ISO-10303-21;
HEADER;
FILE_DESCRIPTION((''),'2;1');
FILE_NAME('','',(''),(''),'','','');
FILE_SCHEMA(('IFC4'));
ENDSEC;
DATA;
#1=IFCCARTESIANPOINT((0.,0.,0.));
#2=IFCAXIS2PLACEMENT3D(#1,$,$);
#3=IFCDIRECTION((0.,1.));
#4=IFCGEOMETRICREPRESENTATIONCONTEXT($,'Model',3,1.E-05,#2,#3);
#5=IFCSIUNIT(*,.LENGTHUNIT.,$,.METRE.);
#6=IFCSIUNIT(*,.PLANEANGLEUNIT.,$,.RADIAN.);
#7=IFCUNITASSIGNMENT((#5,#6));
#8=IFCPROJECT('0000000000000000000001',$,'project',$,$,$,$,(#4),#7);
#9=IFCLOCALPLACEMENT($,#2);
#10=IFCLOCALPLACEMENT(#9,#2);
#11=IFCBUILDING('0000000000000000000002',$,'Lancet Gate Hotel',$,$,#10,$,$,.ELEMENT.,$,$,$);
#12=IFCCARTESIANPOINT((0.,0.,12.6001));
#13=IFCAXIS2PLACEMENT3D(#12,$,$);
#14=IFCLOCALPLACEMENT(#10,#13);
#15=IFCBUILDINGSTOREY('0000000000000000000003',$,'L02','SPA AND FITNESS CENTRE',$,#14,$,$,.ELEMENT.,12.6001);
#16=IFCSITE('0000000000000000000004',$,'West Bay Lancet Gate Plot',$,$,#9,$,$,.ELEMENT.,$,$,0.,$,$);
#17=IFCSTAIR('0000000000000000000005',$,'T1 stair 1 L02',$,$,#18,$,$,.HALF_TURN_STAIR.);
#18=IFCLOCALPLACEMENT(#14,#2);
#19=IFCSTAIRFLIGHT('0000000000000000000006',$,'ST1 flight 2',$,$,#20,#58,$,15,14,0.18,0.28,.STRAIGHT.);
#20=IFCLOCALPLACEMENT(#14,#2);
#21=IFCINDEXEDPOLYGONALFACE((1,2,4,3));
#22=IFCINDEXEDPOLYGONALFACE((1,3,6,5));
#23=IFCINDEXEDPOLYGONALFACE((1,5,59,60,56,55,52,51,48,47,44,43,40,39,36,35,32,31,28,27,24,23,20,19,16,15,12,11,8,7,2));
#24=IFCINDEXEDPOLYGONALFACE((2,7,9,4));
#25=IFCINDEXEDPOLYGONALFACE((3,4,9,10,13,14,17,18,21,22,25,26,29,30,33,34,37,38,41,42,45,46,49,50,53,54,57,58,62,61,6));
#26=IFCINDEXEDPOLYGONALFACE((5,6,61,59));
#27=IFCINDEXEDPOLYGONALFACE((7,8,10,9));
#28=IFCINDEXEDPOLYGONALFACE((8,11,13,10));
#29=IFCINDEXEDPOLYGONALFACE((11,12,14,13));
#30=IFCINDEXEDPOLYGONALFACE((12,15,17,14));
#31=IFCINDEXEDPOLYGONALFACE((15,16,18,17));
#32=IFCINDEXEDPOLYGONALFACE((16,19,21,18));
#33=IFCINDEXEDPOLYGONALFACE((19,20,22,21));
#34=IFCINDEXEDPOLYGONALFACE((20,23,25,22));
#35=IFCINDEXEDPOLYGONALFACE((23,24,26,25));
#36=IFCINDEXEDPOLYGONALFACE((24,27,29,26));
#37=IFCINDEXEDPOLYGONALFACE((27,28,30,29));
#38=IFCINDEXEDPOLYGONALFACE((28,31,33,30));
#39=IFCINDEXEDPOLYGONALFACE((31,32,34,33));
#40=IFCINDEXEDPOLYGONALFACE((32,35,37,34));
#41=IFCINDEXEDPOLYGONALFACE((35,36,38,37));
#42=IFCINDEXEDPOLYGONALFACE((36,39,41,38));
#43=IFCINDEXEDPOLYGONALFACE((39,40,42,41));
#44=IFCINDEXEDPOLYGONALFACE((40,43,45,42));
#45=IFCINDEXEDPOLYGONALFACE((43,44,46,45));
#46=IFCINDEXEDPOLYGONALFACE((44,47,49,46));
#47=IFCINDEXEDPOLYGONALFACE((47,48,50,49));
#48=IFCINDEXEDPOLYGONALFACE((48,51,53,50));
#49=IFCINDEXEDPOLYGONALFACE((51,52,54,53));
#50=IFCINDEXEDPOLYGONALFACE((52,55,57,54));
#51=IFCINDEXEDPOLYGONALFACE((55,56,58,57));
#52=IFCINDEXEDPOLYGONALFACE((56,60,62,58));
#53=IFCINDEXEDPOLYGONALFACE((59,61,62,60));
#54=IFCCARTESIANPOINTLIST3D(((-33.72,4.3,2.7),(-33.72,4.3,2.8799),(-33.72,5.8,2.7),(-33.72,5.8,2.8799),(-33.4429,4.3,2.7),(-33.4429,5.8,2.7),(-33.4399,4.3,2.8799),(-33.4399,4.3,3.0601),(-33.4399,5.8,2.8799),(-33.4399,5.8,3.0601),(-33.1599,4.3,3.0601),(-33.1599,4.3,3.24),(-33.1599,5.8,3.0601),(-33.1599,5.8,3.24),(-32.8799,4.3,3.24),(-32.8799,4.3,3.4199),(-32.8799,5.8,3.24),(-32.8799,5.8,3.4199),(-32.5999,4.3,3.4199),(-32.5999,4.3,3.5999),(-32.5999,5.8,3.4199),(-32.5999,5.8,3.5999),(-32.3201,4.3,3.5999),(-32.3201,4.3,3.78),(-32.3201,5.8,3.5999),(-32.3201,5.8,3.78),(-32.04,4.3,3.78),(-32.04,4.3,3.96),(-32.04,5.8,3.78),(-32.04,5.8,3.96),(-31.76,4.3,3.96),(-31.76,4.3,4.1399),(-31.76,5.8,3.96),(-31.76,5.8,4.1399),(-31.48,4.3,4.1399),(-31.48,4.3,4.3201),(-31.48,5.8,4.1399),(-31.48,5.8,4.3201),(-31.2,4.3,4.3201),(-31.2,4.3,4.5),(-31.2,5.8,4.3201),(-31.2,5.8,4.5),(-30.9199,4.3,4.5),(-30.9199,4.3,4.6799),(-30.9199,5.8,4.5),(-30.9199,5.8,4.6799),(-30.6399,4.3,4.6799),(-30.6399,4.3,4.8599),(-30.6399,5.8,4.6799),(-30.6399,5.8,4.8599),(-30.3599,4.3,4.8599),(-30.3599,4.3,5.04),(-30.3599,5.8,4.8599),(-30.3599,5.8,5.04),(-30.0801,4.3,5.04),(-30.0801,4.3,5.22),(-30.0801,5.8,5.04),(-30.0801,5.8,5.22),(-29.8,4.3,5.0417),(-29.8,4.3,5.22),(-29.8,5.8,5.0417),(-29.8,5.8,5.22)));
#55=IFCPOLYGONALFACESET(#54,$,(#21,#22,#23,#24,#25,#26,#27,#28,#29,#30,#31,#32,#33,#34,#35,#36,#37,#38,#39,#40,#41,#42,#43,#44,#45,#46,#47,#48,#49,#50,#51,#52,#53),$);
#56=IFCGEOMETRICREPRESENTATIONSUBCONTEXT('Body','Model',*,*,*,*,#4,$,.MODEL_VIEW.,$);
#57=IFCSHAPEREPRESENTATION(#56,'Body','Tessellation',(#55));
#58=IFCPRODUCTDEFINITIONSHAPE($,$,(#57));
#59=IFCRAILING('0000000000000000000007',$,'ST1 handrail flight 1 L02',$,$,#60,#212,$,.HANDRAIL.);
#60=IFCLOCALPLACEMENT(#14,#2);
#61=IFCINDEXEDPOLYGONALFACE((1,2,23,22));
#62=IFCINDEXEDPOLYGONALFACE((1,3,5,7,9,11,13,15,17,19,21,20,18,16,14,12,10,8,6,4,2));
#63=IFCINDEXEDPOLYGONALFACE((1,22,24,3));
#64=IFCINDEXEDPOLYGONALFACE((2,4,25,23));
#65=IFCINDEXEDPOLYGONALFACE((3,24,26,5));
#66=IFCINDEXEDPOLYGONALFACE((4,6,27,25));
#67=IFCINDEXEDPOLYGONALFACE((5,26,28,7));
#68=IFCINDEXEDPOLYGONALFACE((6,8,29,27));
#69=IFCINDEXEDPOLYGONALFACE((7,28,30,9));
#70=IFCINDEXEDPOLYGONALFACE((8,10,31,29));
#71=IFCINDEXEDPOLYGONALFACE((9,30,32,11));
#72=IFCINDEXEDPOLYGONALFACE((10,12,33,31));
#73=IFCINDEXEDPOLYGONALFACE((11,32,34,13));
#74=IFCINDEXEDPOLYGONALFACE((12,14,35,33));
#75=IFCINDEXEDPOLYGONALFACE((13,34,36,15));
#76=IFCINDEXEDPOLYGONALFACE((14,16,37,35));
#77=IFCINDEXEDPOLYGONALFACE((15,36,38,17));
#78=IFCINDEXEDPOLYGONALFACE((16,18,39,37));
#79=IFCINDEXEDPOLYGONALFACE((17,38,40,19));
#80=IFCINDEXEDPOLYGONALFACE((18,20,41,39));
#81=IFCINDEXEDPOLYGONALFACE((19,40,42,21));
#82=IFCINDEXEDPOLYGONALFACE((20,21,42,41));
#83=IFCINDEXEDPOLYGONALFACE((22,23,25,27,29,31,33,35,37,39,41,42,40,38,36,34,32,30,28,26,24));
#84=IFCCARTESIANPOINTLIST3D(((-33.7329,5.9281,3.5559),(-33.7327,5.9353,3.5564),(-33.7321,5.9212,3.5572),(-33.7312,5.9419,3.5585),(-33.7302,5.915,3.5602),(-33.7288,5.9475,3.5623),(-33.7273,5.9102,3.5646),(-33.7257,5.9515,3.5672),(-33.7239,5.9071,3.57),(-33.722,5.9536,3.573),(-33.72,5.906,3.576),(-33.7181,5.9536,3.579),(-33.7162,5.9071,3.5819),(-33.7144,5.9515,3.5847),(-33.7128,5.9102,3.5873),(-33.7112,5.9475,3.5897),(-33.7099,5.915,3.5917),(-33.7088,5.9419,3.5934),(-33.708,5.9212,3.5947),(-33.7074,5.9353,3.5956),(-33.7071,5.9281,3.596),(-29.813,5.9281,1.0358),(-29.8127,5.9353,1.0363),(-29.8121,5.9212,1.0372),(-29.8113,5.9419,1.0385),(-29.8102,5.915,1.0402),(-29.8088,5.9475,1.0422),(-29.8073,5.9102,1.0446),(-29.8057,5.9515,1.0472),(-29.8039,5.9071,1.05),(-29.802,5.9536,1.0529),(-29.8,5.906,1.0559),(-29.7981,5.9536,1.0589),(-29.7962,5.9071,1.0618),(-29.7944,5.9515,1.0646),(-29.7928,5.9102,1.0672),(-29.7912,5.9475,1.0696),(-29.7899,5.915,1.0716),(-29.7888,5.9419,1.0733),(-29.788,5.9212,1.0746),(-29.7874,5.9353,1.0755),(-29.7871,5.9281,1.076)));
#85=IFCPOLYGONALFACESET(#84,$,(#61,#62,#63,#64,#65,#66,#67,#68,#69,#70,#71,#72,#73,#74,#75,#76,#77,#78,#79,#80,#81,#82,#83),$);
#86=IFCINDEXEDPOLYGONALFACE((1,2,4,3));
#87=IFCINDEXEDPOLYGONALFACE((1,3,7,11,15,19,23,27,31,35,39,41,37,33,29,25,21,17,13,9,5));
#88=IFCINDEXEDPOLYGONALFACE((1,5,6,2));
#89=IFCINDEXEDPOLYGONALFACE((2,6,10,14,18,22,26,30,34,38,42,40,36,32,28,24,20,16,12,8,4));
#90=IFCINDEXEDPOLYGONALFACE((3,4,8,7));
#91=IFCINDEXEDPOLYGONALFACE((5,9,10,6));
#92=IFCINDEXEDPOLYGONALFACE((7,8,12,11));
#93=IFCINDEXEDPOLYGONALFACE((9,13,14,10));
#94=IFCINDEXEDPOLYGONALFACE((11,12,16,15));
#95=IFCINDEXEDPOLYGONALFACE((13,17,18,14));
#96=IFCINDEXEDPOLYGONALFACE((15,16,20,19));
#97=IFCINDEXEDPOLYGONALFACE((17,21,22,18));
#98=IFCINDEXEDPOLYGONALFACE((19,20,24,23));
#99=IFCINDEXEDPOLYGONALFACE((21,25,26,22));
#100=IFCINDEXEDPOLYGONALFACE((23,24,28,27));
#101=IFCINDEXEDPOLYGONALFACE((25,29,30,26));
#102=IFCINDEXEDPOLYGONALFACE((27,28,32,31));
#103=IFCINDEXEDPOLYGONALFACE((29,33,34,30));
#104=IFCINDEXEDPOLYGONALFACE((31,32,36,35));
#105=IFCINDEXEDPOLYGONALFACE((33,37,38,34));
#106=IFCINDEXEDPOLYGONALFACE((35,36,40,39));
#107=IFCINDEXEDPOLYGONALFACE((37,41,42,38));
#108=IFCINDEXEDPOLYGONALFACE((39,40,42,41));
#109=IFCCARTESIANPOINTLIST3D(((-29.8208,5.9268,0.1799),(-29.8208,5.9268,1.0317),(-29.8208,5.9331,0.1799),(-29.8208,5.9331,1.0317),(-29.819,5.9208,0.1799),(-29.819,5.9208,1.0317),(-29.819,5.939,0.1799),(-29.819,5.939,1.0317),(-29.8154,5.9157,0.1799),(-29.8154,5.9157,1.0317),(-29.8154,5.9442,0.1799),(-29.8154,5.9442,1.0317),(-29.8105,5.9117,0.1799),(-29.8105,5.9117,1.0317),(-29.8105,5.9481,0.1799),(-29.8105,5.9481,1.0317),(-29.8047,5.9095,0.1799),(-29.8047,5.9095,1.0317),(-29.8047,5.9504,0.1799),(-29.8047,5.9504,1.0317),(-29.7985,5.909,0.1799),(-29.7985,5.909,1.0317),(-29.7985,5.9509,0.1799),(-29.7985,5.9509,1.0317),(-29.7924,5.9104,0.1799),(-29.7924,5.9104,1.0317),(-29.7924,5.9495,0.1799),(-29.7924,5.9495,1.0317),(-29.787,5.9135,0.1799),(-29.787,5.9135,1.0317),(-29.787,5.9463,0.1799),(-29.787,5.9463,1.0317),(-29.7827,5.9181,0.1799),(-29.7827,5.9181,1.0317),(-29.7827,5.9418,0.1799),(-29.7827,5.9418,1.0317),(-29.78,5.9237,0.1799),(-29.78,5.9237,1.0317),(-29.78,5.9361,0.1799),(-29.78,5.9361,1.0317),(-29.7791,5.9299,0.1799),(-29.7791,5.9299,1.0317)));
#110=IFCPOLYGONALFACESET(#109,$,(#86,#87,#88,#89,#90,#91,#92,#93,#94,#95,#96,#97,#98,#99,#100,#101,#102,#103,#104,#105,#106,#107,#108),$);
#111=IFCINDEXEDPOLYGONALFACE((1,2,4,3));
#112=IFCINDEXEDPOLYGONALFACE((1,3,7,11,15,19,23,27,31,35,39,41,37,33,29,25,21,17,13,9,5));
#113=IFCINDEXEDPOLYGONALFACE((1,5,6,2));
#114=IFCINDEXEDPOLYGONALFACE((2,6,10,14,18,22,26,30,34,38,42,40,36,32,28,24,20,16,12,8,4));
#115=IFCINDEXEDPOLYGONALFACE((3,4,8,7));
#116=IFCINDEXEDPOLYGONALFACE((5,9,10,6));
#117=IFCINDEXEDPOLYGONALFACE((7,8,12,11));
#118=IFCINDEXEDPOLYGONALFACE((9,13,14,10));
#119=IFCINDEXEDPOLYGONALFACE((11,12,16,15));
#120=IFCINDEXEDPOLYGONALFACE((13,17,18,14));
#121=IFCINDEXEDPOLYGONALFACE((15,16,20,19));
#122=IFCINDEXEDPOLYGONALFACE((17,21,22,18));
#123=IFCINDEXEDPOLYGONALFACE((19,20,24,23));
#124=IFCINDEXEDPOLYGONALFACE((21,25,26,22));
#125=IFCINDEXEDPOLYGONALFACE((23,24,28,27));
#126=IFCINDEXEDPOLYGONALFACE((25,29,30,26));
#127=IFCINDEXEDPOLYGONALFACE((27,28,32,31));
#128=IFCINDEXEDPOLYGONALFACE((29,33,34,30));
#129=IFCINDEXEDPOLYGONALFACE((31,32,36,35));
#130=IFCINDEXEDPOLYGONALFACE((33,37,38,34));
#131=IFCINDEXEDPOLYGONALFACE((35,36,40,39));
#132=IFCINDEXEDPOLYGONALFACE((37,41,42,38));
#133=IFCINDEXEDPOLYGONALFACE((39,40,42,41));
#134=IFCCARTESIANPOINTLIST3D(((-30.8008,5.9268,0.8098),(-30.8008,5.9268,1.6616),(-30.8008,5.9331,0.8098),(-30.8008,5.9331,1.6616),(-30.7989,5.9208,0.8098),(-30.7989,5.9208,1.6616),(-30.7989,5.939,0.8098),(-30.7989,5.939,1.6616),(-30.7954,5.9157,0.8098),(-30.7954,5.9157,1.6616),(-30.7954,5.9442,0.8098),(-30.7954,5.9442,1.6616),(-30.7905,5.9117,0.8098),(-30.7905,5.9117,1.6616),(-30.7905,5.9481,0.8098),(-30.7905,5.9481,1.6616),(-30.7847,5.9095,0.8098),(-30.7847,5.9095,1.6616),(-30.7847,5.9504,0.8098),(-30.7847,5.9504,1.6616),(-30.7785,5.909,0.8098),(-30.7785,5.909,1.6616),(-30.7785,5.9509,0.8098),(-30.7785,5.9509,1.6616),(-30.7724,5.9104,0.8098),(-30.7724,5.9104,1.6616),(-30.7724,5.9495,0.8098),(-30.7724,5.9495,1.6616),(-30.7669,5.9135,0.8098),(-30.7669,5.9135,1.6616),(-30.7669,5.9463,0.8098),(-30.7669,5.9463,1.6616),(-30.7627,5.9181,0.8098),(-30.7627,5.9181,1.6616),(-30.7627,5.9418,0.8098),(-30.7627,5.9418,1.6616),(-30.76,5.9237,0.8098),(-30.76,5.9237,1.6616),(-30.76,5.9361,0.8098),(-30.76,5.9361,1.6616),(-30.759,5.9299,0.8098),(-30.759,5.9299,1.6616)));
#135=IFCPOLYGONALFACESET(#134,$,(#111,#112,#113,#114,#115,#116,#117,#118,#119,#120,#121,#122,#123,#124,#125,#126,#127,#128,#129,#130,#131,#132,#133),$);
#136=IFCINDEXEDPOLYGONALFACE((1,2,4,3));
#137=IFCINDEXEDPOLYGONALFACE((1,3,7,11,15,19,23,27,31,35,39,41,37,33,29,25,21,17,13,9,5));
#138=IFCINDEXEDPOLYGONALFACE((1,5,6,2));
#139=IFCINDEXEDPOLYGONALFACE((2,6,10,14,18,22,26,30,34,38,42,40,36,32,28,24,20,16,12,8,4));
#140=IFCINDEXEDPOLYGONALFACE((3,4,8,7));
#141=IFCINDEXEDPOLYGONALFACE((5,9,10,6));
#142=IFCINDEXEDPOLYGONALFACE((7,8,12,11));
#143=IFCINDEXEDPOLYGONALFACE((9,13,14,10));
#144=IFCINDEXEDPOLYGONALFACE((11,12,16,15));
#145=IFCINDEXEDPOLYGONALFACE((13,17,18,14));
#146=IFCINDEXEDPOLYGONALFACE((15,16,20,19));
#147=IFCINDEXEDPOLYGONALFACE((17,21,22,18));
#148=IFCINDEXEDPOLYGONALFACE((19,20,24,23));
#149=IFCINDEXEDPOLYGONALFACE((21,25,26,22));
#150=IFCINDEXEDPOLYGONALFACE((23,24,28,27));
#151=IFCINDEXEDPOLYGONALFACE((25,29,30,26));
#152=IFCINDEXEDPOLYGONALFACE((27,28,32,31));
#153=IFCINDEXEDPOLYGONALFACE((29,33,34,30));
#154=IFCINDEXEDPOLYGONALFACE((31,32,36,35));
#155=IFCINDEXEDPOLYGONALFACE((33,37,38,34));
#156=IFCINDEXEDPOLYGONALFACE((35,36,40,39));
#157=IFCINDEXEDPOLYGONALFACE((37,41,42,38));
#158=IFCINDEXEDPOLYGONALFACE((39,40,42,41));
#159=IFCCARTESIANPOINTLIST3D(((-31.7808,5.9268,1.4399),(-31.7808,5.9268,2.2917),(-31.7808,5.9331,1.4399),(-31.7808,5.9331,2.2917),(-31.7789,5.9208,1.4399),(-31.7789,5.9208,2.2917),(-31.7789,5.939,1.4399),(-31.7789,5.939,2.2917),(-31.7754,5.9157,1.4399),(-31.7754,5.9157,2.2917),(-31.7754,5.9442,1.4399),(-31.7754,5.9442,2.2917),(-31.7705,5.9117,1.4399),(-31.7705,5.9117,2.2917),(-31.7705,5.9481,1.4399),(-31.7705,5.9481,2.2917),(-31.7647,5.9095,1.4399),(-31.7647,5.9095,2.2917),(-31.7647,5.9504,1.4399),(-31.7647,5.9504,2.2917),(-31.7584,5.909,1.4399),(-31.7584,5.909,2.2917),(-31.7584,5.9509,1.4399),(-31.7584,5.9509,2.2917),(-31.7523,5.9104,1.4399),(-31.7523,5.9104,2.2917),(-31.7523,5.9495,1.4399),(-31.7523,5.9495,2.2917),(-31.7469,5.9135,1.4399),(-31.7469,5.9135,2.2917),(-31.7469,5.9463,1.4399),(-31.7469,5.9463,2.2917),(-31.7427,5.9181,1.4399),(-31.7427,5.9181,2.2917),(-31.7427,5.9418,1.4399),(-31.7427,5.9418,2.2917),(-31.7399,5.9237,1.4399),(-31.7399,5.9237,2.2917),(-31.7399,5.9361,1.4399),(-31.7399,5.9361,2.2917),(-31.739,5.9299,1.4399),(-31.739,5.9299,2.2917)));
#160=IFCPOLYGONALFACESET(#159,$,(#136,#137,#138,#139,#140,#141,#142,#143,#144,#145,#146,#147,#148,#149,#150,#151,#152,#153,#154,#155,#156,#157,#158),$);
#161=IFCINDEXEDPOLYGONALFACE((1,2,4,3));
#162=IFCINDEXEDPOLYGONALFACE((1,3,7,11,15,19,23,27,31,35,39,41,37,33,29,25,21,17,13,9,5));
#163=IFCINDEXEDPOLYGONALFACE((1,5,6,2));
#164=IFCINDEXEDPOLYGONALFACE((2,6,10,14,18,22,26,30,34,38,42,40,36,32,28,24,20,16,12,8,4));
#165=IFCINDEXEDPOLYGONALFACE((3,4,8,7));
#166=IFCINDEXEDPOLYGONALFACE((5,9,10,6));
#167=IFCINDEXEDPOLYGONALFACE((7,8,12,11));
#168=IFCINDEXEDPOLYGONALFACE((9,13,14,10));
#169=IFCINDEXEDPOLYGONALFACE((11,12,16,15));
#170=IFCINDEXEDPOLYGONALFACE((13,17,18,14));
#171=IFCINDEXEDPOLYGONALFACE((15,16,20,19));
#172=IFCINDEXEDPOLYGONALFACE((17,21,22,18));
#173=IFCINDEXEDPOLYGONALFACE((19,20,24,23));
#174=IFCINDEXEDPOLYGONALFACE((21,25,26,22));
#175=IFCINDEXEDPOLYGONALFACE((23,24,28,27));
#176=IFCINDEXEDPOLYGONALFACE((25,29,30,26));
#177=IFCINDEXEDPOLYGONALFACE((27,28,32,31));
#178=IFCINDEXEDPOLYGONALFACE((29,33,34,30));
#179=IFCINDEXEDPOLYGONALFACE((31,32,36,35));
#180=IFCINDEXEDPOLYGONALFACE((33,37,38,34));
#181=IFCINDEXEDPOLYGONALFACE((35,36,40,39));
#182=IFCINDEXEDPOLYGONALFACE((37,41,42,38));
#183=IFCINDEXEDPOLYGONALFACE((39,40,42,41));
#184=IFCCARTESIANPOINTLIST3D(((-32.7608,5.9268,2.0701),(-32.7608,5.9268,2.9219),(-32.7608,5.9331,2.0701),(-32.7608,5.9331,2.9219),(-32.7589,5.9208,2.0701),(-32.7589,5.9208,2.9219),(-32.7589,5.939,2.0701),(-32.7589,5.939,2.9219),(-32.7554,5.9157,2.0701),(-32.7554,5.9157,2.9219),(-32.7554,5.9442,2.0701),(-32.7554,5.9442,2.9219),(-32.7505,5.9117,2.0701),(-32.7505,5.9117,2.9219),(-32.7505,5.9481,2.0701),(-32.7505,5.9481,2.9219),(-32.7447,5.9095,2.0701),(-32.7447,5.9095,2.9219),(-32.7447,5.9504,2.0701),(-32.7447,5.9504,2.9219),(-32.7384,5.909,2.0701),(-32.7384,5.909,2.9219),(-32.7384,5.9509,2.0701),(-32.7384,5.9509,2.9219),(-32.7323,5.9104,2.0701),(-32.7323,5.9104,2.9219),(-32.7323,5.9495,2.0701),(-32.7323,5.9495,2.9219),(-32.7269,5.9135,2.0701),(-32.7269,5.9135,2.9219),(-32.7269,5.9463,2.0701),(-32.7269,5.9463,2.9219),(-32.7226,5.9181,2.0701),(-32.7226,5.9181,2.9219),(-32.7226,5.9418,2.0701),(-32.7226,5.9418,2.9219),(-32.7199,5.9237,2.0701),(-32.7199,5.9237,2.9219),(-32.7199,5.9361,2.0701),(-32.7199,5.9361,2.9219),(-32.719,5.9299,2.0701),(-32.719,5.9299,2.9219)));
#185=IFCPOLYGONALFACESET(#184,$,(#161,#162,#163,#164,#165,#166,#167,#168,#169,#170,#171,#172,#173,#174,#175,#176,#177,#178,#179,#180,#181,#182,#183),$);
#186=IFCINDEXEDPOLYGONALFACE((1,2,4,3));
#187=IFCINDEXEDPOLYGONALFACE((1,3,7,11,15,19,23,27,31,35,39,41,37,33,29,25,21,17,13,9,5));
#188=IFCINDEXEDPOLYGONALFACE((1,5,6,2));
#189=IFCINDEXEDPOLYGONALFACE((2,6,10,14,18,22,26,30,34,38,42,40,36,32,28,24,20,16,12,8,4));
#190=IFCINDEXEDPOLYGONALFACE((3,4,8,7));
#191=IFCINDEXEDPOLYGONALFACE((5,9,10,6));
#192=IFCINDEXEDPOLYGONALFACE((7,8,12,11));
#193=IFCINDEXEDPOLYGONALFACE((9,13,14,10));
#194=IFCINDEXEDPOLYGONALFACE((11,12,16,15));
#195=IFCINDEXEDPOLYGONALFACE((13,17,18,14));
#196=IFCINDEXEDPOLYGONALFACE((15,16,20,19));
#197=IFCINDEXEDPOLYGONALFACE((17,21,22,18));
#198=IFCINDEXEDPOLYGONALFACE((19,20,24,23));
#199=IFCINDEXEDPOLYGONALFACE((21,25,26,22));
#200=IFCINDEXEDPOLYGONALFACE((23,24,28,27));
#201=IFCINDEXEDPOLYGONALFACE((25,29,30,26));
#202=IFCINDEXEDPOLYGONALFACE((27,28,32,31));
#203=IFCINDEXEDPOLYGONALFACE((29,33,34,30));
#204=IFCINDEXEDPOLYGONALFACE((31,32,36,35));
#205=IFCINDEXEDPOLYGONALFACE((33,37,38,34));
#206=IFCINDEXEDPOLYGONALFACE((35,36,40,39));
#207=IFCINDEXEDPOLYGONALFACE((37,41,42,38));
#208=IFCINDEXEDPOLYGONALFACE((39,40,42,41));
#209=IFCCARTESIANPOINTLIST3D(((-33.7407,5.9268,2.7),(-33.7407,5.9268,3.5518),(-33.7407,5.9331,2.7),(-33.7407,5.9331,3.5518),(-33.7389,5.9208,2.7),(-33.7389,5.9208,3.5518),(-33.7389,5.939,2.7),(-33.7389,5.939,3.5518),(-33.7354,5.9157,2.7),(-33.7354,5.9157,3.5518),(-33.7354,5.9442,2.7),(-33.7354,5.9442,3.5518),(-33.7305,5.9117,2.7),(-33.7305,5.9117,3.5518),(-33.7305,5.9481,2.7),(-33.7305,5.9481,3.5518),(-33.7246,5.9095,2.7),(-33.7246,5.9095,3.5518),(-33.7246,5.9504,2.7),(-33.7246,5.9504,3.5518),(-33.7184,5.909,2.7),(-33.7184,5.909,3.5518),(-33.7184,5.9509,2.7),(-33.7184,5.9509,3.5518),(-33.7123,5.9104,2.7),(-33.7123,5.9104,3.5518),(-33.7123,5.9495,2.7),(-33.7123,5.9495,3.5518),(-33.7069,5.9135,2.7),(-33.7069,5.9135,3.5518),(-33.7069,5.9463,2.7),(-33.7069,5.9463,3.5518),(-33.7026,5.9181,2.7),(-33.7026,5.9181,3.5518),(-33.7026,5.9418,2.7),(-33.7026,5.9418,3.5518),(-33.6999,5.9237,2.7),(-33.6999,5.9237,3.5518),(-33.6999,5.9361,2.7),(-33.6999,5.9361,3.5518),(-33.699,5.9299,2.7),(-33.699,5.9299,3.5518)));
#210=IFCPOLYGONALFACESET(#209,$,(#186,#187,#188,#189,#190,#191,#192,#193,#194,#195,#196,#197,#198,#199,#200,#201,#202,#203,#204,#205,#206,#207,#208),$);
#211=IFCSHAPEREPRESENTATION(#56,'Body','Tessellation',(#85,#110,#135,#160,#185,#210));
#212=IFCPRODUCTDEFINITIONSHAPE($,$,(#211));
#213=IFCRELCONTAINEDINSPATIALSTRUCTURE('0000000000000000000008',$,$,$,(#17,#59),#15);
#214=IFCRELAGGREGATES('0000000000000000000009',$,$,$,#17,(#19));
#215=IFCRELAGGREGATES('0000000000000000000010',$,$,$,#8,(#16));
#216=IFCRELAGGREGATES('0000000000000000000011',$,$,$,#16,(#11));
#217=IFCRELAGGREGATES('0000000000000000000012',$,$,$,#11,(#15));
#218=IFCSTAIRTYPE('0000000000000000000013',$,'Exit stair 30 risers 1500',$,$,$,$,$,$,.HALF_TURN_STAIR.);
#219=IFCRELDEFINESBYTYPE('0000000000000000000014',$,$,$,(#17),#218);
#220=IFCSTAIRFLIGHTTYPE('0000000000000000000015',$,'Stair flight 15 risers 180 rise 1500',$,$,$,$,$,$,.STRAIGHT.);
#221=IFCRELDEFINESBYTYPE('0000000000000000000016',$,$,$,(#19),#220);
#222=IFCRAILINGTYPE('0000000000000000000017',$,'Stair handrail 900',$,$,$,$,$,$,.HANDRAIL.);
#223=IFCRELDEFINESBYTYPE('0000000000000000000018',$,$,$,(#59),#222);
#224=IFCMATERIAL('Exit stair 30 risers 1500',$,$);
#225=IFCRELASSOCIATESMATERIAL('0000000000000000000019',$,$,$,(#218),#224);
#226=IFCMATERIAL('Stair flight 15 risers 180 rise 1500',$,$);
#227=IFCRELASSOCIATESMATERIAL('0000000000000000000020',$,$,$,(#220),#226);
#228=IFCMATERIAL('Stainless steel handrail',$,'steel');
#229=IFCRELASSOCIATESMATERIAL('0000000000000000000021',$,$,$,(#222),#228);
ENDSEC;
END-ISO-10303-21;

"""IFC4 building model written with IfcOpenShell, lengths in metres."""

from ifc_helpers import new_model, si_unit, direction, frame, origin, origin_2d, place, context, subcontext, project, spatial, polyline, circle, outline, extrude, material, type_object, element, aggregate, save


model = new_model("IFC4")

# Units and contexts
model_context = context("Model", 3, precision=1e-05, world=origin(), true_north=direction((0.0, 1.0)))
body_context = subcontext(model_context, "Body", "Model", "MODEL_VIEW")
ifc_project = project(units=[si_unit("LENGTHUNIT", "METRE"), si_unit("PLANEANGLEUNIT", "RADIAN")], contexts=[model_context])

# Site, building, storey
site_placement = place(None, origin())
site = spatial("IfcSite", under=ifc_project, at=site_placement, Name="West Bay Lancet Gate Plot", CompositionType="ELEMENT", RefElevation=0.0)
building_placement = place(site_placement, origin())
building = spatial("IfcBuilding", under=site, at=building_placement, Name="Lancet Gate Hotel", CompositionType="ELEMENT")
storey_placement = place(building_placement, frame((0.0, 0.0, 12.6001)))
storey = spatial("IfcBuildingStorey", under=building, at=storey_placement, Name="L02", Description="SPA AND FITNESS CENTRE", CompositionType="ELEMENT", Elevation=12.6001)

# Stair, stair flight
ifc_material_1 = material(Name="Exit stair 30 risers 1500")
stair_type = type_object("IfcStairType", Name="Exit stair 30 risers 1500", PredefinedType="HALF_TURN_STAIR", material=ifc_material_1)
stair_placement = place(storey_placement, origin())
stair = element("IfcStair", 1, at=stair_placement, inside=storey, type_object=stair_type, Name="T1 stair 1 L02", PredefinedType="HALF_TURN_STAIR")
ifc_material_2 = material(Name="Stair flight 15 risers 180 rise 1500")
stair_flight_type = type_object("IfcStairFlightType", Name="Stair flight 15 risers 180 rise 1500", PredefinedType="STRAIGHT", material=ifc_material_2)
stair_flight_1_placement = place(storey_placement, frame((-33.72, 5.05, 2.7), z_axis=(0.0, 0.0, 1.0), x_axis=(1.0, 0.0, 0.0)))
stair_flight_1 = element("IfcStairFlight", 2, at=stair_flight_1_placement, type_object=stair_flight_type, Name="ST1 flight 2", NumberOfRisers=15, NumberOfTreads=14, PredefinedType="STRAIGHT", RiserHeight=0.18, TreadLength=0.28, context=body_context, shape_type="SweptSolid", body=[
    extrude(outline(polyline([(0.0, 0.0), (0.0, 0.1799), (0.28, 0.1799), (0.28, 0.3601), (0.5601, 0.3601), (0.5601, 0.54), (0.8401, 0.54), (0.8401, 0.72), (1.1201, 0.72), (1.1201, 0.8999), (1.3999, 0.8999), (1.3999, 1.0801), (1.6799, 1.0801), (1.6799, 1.26), (1.96, 1.26), (1.96, 1.4399), (2.24, 1.4399), (2.24, 1.6201), (2.52, 1.6201), (2.52, 1.8), (2.8, 1.8), (2.8, 1.98), (3.0801, 1.98), (3.0801, 2.1599), (3.3601, 2.1599), (3.3601, 2.3401), (3.6399, 2.3401), (3.6399, 2.52), (3.9199, 2.52), (3.9199, 2.7), (3.9199, 2.3418), (0.2771, 0.0), (0.0, 0.0)])), frame((0.0, 0.75, 0.0), z_axis=(0.0, -1.0, 0.0), x_axis=(1.0, 0.0, 0.0)), (0.0, 0.0, 1.0), 1.5),
])
aggregate(stair, [stair_flight_1])

# Railing
ifc_material_3 = material(Name="Stainless steel handrail", Category="steel")
railing_type = type_object("IfcRailingType", Name="Stair handrail 900", PredefinedType="HANDRAIL", material=ifc_material_3)
railing_1_placement = place(storey_placement, frame((-29.8, 5.9299, 0.1799)))
element("IfcRailing", 3, at=railing_1_placement, inside=storey, type_object=railing_type, Name="ST1 handrail flight 1 L02", PredefinedType="HANDRAIL", context=body_context, shape_type="SweptSolid", body=[
    extrude(circle(Radius=0.0239, at=origin_2d()), frame((0.0, 0.0, 0.876), z_axis=(-0.841172, 0.0, 0.540768), x_axis=(0.0, -1.0, 0.0)), (0.0, 0.0, 1.0), 4.6602),
    extrude(circle(Radius=0.021, at=origin_2d()), origin(), (0.0, 0.0, 1.0), 0.8518),
    extrude(circle(Radius=0.021, at=origin_2d()), frame((-0.98, 0.0, 0.6299)), (0.0, 0.0, 1.0), 0.8518),
    extrude(circle(Radius=0.021, at=origin_2d()), frame((-1.96, 0.0, 1.26)), (0.0, 0.0, 1.0), 0.8518),
    extrude(circle(Radius=0.021, at=origin_2d()), frame((-2.9399, 0.0, 1.8901)), (0.0, 0.0, 1.0), 0.8518),
    extrude(circle(Radius=0.021, at=origin_2d()), frame((-3.9199, 0.0, 2.52)), (0.0, 0.0, 1.0), 0.8518),
])

save(model, "model.ifc")
